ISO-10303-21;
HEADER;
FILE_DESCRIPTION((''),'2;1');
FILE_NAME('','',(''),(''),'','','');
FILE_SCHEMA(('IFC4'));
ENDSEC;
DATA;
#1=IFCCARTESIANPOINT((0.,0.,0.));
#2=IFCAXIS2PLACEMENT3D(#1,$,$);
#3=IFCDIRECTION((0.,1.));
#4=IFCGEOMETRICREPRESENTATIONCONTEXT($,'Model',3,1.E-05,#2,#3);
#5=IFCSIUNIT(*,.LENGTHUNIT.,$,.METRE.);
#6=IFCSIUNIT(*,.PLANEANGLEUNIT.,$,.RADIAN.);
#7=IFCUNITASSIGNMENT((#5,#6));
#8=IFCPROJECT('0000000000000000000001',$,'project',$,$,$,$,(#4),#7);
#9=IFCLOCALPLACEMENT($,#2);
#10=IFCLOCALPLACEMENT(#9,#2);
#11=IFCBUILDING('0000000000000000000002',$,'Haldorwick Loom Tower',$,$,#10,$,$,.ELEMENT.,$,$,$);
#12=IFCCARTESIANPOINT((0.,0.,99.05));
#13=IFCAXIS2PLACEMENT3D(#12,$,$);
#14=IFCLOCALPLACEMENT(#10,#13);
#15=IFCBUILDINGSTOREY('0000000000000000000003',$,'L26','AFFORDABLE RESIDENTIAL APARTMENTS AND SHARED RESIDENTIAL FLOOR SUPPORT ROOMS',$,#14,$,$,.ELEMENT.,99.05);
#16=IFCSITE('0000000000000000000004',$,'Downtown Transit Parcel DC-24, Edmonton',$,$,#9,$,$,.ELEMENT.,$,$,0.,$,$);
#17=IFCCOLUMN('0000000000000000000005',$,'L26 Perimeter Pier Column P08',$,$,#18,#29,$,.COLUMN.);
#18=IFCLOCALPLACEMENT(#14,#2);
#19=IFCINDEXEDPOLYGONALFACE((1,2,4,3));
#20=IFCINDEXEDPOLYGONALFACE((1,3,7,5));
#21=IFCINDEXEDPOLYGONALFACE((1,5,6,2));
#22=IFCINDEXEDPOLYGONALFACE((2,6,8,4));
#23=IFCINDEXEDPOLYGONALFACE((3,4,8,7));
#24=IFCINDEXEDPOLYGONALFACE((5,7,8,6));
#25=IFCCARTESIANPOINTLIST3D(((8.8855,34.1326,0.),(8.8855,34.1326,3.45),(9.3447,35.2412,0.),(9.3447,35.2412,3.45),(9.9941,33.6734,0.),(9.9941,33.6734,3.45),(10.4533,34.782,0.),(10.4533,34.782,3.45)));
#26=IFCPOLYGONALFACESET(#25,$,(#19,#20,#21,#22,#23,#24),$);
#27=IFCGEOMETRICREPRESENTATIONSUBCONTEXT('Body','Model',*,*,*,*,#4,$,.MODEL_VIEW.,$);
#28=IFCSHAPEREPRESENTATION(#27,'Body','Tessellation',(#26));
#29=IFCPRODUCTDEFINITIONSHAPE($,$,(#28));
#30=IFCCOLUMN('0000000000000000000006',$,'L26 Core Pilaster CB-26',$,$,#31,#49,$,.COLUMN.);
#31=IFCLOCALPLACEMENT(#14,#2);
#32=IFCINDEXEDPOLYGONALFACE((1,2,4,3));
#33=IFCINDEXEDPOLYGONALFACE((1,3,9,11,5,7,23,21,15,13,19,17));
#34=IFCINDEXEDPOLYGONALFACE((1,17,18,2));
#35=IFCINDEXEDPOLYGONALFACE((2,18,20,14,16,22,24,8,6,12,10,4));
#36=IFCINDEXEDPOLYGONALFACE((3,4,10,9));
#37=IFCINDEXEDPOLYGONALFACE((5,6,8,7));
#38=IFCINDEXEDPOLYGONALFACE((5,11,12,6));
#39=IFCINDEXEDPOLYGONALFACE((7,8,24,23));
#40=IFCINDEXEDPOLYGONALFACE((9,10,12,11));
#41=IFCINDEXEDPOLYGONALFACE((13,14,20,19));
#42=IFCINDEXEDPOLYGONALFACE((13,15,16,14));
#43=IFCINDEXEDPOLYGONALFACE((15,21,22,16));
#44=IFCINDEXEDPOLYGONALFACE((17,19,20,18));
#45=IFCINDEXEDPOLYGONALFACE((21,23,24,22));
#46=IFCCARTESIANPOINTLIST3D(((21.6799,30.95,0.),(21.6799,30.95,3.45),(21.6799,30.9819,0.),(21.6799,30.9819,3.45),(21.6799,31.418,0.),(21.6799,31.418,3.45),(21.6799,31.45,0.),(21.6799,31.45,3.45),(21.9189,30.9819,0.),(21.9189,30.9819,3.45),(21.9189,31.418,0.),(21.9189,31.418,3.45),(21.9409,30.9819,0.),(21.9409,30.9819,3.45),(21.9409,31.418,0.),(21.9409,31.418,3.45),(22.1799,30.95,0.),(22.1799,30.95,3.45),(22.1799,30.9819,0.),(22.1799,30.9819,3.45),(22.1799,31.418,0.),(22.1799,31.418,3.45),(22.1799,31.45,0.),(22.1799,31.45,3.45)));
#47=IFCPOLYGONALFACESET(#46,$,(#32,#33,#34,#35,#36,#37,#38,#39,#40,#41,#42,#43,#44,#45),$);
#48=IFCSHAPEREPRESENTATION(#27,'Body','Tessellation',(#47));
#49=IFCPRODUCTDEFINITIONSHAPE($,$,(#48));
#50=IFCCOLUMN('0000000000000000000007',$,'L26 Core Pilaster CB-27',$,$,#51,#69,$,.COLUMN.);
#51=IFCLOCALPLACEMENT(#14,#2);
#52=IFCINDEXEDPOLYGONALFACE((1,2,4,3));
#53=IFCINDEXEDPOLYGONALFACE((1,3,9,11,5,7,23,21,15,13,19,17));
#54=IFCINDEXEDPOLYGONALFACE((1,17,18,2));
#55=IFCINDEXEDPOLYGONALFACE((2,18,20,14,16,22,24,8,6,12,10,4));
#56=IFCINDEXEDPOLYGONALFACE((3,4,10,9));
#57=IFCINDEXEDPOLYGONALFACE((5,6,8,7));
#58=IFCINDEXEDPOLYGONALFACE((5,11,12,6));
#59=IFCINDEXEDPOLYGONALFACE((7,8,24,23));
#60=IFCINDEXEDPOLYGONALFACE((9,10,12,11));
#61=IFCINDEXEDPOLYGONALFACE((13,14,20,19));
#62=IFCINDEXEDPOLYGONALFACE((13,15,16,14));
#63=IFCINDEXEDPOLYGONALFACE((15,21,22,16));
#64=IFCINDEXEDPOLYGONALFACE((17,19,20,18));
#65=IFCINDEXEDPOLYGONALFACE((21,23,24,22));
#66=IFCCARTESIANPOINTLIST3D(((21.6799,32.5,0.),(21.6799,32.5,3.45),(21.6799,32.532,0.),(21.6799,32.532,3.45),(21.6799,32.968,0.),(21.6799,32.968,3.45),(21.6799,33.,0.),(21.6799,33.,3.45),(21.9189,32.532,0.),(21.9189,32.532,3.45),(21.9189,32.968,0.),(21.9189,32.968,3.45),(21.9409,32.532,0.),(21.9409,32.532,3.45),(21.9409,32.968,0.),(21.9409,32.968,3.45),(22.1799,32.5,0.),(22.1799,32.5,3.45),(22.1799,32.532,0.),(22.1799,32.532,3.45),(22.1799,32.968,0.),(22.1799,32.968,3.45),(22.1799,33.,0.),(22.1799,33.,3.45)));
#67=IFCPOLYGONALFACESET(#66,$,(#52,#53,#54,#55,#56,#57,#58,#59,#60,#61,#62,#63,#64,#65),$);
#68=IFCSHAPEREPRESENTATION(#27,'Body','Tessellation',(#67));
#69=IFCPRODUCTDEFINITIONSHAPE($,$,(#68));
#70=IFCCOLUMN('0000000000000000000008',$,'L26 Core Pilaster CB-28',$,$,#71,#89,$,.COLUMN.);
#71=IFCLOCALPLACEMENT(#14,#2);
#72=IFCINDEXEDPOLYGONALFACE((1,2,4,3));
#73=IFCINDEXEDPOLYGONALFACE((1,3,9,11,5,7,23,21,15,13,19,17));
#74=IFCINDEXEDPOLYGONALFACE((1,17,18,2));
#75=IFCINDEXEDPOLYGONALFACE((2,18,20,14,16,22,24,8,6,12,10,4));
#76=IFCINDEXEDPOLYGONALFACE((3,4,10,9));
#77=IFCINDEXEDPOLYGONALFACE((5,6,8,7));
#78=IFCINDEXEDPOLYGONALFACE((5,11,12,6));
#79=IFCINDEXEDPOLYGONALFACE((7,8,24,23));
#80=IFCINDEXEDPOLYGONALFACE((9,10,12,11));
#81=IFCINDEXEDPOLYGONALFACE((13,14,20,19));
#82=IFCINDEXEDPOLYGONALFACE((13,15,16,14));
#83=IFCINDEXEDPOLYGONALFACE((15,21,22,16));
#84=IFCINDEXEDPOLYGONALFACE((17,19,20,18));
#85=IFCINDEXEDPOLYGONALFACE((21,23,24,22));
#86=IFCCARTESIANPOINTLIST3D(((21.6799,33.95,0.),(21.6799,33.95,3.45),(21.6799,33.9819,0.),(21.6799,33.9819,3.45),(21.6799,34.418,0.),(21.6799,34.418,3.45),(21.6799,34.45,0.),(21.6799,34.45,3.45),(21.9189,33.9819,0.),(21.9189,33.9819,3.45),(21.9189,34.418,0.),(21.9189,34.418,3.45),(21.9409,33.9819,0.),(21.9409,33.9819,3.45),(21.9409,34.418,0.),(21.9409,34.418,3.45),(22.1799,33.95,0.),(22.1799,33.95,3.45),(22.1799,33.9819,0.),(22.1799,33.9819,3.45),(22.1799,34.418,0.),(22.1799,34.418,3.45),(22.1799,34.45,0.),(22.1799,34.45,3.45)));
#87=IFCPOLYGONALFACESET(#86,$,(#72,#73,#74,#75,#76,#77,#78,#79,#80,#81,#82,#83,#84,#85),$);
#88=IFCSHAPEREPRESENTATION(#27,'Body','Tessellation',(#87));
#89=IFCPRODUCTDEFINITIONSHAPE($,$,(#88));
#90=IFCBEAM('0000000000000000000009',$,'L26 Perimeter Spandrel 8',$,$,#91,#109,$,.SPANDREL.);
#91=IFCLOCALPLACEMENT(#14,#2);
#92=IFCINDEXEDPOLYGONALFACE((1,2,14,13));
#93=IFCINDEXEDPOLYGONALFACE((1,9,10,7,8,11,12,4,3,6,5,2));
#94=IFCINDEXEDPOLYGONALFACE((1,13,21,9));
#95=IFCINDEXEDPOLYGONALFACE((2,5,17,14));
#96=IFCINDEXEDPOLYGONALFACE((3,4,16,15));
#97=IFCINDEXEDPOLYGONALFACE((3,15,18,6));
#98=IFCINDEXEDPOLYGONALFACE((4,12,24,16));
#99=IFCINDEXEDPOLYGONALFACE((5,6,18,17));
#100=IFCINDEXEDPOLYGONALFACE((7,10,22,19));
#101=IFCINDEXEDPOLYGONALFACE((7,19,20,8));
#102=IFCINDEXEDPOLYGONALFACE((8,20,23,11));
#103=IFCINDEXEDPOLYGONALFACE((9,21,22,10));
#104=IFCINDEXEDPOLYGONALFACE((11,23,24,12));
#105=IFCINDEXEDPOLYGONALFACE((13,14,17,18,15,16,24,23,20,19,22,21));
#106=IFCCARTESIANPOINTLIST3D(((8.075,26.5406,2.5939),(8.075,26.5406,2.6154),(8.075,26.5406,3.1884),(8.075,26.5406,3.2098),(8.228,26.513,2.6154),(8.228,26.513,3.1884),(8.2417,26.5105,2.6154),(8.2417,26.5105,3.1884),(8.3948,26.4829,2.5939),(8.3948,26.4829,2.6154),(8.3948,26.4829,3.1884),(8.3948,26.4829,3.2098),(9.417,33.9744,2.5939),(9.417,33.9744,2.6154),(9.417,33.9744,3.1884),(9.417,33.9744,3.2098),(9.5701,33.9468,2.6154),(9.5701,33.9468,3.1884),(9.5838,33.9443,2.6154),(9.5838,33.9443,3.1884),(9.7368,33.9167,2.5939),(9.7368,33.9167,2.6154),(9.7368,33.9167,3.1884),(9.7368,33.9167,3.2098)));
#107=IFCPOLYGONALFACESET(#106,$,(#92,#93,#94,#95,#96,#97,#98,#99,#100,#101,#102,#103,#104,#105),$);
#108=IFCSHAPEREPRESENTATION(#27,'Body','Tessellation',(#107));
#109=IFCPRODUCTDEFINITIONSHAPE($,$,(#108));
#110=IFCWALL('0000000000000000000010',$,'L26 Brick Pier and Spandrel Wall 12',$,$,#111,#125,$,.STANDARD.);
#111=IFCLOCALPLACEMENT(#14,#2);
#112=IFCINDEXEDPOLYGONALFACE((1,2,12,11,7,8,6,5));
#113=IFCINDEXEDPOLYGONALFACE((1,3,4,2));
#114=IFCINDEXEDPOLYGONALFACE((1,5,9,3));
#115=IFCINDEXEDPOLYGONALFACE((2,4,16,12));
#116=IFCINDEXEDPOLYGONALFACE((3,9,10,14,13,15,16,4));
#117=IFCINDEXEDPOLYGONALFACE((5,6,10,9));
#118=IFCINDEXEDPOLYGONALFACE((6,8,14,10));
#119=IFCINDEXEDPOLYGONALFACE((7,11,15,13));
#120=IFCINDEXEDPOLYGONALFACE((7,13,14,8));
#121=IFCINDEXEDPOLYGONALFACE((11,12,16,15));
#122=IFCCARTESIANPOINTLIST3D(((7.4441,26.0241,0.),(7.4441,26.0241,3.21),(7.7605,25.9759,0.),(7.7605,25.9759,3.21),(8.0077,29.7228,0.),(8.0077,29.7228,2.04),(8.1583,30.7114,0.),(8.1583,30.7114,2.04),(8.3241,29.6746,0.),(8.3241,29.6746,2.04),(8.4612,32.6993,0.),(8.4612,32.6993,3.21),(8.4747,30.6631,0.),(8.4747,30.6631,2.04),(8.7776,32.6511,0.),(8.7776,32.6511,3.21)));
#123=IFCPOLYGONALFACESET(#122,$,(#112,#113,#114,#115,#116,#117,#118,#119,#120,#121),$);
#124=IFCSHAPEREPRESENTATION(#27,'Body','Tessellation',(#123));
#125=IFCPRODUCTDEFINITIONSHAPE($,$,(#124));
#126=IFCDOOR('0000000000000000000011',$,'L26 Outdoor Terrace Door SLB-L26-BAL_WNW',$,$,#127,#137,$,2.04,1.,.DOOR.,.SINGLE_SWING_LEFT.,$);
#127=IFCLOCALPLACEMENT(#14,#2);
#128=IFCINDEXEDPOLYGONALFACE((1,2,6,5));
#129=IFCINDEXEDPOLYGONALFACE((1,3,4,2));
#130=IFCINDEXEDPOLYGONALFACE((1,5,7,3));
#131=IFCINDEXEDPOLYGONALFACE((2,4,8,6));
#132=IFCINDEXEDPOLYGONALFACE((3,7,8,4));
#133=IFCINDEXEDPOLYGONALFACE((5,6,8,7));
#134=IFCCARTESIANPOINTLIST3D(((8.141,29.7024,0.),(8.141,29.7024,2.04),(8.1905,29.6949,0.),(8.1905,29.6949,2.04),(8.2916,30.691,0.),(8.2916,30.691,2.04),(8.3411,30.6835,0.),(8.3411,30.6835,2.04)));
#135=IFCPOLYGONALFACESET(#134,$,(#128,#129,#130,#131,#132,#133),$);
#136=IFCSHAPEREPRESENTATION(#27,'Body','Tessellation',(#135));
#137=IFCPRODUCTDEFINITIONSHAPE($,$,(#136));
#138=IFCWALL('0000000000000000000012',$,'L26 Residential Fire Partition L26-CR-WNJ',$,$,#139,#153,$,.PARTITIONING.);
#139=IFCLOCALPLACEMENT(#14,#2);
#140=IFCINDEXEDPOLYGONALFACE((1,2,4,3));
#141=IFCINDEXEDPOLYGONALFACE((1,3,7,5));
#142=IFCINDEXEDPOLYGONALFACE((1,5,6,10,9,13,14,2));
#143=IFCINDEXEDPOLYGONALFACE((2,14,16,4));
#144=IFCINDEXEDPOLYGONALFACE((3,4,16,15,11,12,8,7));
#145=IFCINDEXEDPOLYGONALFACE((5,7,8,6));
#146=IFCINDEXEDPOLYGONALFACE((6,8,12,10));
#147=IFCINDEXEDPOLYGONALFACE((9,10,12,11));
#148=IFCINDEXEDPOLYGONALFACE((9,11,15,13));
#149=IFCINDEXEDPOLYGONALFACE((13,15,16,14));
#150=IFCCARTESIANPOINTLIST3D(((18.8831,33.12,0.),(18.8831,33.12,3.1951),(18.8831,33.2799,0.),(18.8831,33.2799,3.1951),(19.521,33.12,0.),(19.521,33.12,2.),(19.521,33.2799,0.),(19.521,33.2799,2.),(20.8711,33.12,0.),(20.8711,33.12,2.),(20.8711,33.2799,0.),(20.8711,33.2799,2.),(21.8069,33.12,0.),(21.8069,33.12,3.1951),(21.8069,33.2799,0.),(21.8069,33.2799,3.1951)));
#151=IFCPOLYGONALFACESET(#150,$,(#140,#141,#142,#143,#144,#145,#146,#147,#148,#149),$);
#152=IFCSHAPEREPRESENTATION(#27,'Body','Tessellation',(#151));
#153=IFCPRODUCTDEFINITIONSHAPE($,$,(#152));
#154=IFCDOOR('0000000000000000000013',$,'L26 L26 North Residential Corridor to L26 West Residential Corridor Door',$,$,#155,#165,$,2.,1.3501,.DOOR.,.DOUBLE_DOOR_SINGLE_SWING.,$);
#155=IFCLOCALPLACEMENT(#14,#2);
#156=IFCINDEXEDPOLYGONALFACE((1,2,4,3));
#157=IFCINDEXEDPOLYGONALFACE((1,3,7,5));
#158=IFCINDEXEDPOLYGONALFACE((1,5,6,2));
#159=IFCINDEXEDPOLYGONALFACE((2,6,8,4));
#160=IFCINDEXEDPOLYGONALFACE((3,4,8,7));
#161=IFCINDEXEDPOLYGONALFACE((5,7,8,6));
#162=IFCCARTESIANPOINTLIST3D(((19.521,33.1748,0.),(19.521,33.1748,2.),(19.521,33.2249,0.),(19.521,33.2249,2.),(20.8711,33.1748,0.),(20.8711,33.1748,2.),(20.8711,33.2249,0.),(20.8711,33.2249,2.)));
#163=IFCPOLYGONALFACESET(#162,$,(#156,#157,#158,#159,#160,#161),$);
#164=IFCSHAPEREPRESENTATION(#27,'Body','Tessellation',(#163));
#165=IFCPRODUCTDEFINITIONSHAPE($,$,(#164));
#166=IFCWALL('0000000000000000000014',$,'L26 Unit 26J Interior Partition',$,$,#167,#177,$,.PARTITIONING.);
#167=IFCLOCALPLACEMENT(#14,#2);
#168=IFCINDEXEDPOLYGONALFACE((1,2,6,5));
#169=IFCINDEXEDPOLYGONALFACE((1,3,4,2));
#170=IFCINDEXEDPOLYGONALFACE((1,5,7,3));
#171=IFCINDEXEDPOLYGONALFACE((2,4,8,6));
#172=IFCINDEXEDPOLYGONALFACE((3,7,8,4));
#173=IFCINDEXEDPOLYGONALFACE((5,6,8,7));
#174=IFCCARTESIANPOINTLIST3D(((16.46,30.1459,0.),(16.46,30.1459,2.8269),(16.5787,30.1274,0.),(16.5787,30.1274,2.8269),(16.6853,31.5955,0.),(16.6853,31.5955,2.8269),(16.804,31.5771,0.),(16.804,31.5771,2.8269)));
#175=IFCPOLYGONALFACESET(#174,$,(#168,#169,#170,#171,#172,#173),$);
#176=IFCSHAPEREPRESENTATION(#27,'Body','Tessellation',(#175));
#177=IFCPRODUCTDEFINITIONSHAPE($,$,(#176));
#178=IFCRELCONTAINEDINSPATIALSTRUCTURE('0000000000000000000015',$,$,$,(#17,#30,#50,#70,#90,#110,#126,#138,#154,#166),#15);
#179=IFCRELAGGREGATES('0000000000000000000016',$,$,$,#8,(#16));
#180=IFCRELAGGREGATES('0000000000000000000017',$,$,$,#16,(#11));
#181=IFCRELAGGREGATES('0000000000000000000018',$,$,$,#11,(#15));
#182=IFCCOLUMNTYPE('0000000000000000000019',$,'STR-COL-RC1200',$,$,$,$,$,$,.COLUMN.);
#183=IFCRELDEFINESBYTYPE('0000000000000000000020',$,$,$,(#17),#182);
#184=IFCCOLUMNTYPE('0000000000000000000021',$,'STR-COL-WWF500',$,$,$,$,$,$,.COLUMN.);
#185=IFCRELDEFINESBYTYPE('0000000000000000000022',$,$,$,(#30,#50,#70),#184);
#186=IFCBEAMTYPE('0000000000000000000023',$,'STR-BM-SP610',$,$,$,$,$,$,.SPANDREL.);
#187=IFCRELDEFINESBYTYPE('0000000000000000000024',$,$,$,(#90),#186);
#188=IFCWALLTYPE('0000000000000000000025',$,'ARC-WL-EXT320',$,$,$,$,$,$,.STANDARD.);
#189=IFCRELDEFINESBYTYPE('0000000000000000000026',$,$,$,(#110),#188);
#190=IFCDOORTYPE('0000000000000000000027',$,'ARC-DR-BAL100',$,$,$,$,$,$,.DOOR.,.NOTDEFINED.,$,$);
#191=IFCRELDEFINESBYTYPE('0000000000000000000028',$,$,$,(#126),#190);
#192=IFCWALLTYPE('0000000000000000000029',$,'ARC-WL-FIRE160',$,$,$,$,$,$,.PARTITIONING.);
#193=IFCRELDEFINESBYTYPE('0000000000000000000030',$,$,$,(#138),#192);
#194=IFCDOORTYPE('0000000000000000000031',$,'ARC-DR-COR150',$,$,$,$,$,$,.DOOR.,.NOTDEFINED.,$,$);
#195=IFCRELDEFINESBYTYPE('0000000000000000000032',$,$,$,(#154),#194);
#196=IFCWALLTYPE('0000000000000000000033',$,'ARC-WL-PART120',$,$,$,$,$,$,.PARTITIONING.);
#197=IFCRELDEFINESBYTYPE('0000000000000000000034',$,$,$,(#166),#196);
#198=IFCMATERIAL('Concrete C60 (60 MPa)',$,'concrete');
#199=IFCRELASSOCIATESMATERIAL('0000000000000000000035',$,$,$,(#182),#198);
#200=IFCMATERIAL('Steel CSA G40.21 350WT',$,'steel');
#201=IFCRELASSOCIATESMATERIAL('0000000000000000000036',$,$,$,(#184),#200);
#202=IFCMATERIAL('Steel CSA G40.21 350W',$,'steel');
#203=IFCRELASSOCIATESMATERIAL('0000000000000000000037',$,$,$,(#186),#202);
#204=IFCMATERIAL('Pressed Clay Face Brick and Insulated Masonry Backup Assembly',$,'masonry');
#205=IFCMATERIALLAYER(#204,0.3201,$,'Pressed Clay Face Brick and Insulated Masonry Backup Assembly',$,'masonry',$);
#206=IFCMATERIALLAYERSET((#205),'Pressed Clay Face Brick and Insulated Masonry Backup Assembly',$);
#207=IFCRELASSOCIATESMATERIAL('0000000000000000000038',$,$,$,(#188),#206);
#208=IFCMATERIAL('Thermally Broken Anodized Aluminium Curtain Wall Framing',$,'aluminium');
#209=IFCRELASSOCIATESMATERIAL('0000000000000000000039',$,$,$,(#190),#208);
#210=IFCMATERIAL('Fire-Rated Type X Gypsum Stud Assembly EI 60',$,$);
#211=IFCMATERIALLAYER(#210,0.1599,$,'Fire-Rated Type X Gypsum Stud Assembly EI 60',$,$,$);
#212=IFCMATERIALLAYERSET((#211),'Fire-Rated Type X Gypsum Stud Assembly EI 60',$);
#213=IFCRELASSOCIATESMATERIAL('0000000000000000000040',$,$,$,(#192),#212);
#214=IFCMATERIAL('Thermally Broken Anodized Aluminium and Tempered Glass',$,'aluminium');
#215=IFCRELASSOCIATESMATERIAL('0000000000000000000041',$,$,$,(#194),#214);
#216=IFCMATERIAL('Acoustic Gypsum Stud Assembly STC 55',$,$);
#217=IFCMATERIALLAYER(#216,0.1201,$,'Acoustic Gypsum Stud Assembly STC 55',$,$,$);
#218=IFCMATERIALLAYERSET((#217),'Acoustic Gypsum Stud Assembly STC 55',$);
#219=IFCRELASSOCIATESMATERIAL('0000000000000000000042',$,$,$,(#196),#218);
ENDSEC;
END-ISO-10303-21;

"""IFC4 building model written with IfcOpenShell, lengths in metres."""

from ifc_helpers import new_model, si_unit, direction, frame, frame_2d, origin, origin_2d, place, context, subcontext, project, spatial, rectangle, i_section, extrude, material, layer, layer_set, material_profile, profile_set, type_object, element, fill, save


model = new_model("IFC4")

# Units and contexts
model_context = context("Model", 3, precision=1e-05, world=origin(), true_north=direction((0.0, 1.0)))
body_context = subcontext(model_context, "Body", "Model", "MODEL_VIEW")
ifc_project = project(units=[si_unit("LENGTHUNIT", "METRE"), si_unit("PLANEANGLEUNIT", "RADIAN")], contexts=[model_context])

# Site, building, storey
site_placement = place(None, origin())
site = spatial("IfcSite", under=ifc_project, at=site_placement, Name="Downtown Transit Parcel DC-24, Edmonton", CompositionType="ELEMENT", RefElevation=0.0)
building_placement = place(site_placement, origin())
building = spatial("IfcBuilding", under=site, at=building_placement, Name="Haldorwick Loom Tower", CompositionType="ELEMENT")
storey_placement = place(building_placement, frame((0.0, 0.0, 99.05)))
storey = spatial("IfcBuildingStorey", under=building, at=storey_placement, Name="L26", Description="AFFORDABLE RESIDENTIAL APARTMENTS AND SHARED RESIDENTIAL FLOOR SUPPORT ROOMS", CompositionType="ELEMENT", Elevation=99.05)

# Columns
ifc_material_1 = material(Name="Concrete C60 (60 MPa)", Category="concrete")
ifc_material_profile_1 = material_profile(ifc_material_1, rectangle(XDim=1.2, YDim=1.2, at=origin_2d()), Name="RC1200X1200", Category="concrete")
ifc_profile_set_1 = profile_set([ifc_material_profile_1], Name="Concrete C60 (60 MPa)")
column_type_1 = type_object("IfcColumnType", Name="STR-COL-RC1200", PredefinedType="COLUMN", material=ifc_profile_set_1)
column_placement = place(storey_placement, frame((9.6694, 34.4573, 0.0), z_axis=(0.0, 0.0, 1.0), x_axis=(-0.92388, 0.382683, 0.0)))
element("IfcColumn", 1, at=column_placement, inside=storey, type_object=column_type_1, Name="L26 Perimeter Pier Column P08", PredefinedType="COLUMN", context=body_context, shape_type="SweptSolid", body=[
    extrude(rectangle(XDim=1.2, YDim=1.2, at=origin_2d()), origin(), (0.0, 0.0, 1.0), 3.45),
])
ifc_material_2 = material(Name="Steel CSA G40.21 350WT", Category="steel")
ifc_material_profile_2 = material_profile(ifc_material_2, i_section(OverallWidth=0.5, OverallDepth=0.5, WebThickness=0.022, FlangeThickness=0.032, at=origin_2d()), Name="WWF500X500", Category="steel")
ifc_profile_set_2 = profile_set([ifc_material_profile_2], Name="Steel CSA G40.21 350WT")
column_type_2 = type_object("IfcColumnType", Name="STR-COL-WWF500", PredefinedType="COLUMN", material=ifc_profile_set_2)
for number, where, z_axis, x_axis, name in (
    (2, (21.9299, 31.2, 0.0), (0.0, 0.0, 1.0), (1.0, 0.0, 0.0), "L26 Core Pilaster CB-26"),
    (3, (21.9299, 32.75, 0.0), (0.0, 0.0, 1.0), (1.0, 0.0, 0.0), "L26 Core Pilaster CB-27"),
    (4, (21.9299, 34.2, 0.0), (0.0, 0.0, 1.0), (1.0, 0.0, 0.0), "L26 Core Pilaster CB-28"),
):
    element("IfcColumn", number, at=place(storey_placement, frame(where, z_axis=z_axis, x_axis=x_axis)), inside=storey, type_object=column_type_2, Name=name, PredefinedType="COLUMN", context=body_context, shape_type="SweptSolid", body=[
        extrude(i_section(OverallWidth=0.5, OverallDepth=0.5, WebThickness=0.022, FlangeThickness=0.032, at=origin_2d()), origin(), (0.0, 0.0, 1.0), 3.45),
    ])

# Beam
ifc_material_3 = material(Name="Steel CSA G40.21 350W", Category="steel")
ifc_material_profile_3 = material_profile(ifc_material_3, i_section(OverallWidth=0.325, OverallDepth=0.616, WebThickness=0.0139, FlangeThickness=0.0215, at=origin_2d()), Name="W610X174", Category="steel")
ifc_profile_set_3 = profile_set([ifc_material_profile_3], Name="Steel CSA G40.21 350W")
beam_type = type_object("IfcBeamType", Name="STR-BM-SP610", PredefinedType="SPANDREL", material=ifc_profile_set_3)
beam_placement = place(storey_placement, frame((9.5769, 33.9456, 2.9019), z_axis=(-0.177659, -0.984092, 0.0), x_axis=(0.984092, -0.177659, 0.0)))
element("IfcBeam", 5, at=beam_placement, inside=storey, type_object=beam_type, Name="L26 Perimeter Spandrel 8", PredefinedType="SPANDREL", context=body_context, shape_type="SweptSolid", body=[
    extrude(i_section(OverallWidth=0.325, OverallDepth=0.616, WebThickness=0.0139, FlangeThickness=0.0215, at=origin_2d()), origin(), (0.0, 0.0, 1.0), 7.554),
])

# Walls, openings, doors
ifc_material_4 = material(Name="Pressed Clay Face Brick and Insulated Masonry Backup Assembly", Category="masonry")
ifc_layer_1 = layer(ifc_material_4, 0.3201, Name="Pressed Clay Face Brick and Insulated Masonry Backup Assembly", Category="masonry")
ifc_layer_set_1 = layer_set([ifc_layer_1], Name="Pressed Clay Face Brick and Insulated Masonry Backup Assembly")
wall_type_1 = type_object("IfcWallType", Name="ARC-WL-EXT320", PredefinedType="STANDARD", material=ifc_layer_set_1)
wall_1_placement = place(storey_placement, frame((8.6194, 32.675, 0.0), z_axis=(0.0, 0.0, 1.0), x_axis=(-0.150633, -0.98859, 0.0)))
wall_1 = element("IfcWall", 6, at=wall_1_placement, inside=storey, type_object=wall_type_1, Name="L26 Brick Pier and Spandrel Wall 12", PredefinedType="STANDARD", context=body_context, shape_type="SweptSolid", body=[
    extrude(rectangle(XDim=6.7522, YDim=0.3201, at=frame_2d((3.376, 0.0))), origin(), (0.0, 0.0, 1.0), 3.21),
])
opening_1_placement = place(wall_1_placement, frame((2.0107, 0.0, 0.0)))
opening_1 = element("IfcOpeningElement", 7, at=opening_1_placement, cuts=wall_1, PredefinedType="OPENING", context=body_context, shape_type="SweptSolid", body=[
    extrude(rectangle(XDim=1.0, YDim=2.04, at=frame_2d((0.5, 1.02))), frame((0.0, 0.1699, 0.0), z_axis=(0.0, -1.0, 0.0), x_axis=(1.0, 0.0, 0.0)), (0.0, 0.0, 1.0), 0.3401),
])
ifc_material_5 = material(Name="Thermally Broken Anodized Aluminium Curtain Wall Framing", Category="aluminium")
door_type_1 = type_object("IfcDoorType", Name="ARC-DR-BAL100", OperationType="NOTDEFINED", PredefinedType="DOOR", material=ifc_material_5)
door_1_placement = place(opening_1_placement, origin())
door_1 = element("IfcDoor", 8, at=door_1_placement, inside=storey, type_object=door_type_1, Name="L26 Outdoor Terrace Door SLB-L26-BAL_WNW", OperationType="SINGLE_SWING_LEFT", OverallHeight=2.04, OverallWidth=1.0, PredefinedType="DOOR", context=body_context, shape_type="SweptSolid", body=[
    extrude(rectangle(XDim=1.0, YDim=2.04, at=frame_2d((0.5, 1.02))), frame((0.0, 0.0249, 0.0), z_axis=(0.0, -1.0, 0.0), x_axis=(1.0, 0.0, 0.0)), (0.0, 0.0, 1.0), 0.05),
])
fill(opening_1, door_1)
ifc_material_6 = material(Name="Fire-Rated Type X Gypsum Stud Assembly EI 60")
ifc_layer_2 = layer(ifc_material_6, 0.1599, Name="Fire-Rated Type X Gypsum Stud Assembly EI 60")
ifc_layer_set_2 = layer_set([ifc_layer_2], Name="Fire-Rated Type X Gypsum Stud Assembly EI 60")
wall_type_2 = type_object("IfcWallType", Name="ARC-WL-FIRE160", PredefinedType="PARTITIONING", material=ifc_layer_set_2)
wall_2_placement = place(storey_placement, frame((18.8831, 33.2, 0.0), z_axis=(0.0, 0.0, 1.0), x_axis=(1.0, 0.0, 0.0)))
wall_2 = element("IfcWall", 9, at=wall_2_placement, inside=storey, type_object=wall_type_2, Name="L26 Residential Fire Partition L26-CR-WNJ", PredefinedType="PARTITIONING", context=body_context, shape_type="SweptSolid", body=[
    extrude(rectangle(XDim=2.9238, YDim=0.1599, at=frame_2d((1.4619, 0.0))), origin(), (0.0, 0.0, 1.0), 3.1951),
])
opening_2_placement = place(wall_2_placement, frame((0.6379, 0.0, 0.0)))
opening_2 = element("IfcOpeningElement", 10, at=opening_2_placement, cuts=wall_2, PredefinedType="OPENING", context=body_context, shape_type="SweptSolid", body=[
    extrude(rectangle(XDim=1.3501, YDim=2.0, at=frame_2d((0.675, 1.0))), frame((0.0, 0.0898, 0.0), z_axis=(0.0, -1.0, 0.0), x_axis=(1.0, 0.0, 0.0)), (0.0, 0.0, 1.0), 0.1799),
])
ifc_material_7 = material(Name="Thermally Broken Anodized Aluminium and Tempered Glass", Category="aluminium")
door_type_2 = type_object("IfcDoorType", Name="ARC-DR-COR150", OperationType="NOTDEFINED", PredefinedType="DOOR", material=ifc_material_7)
door_2_placement = place(opening_2_placement, origin())
door_2 = element("IfcDoor", 11, at=door_2_placement, inside=storey, type_object=door_type_2, Name="L26 L26 North Residential Corridor to L26 West Residential Corridor Door", OperationType="DOUBLE_DOOR_SINGLE_SWING", OverallHeight=2.0, OverallWidth=1.3501, PredefinedType="DOOR", context=body_context, shape_type="SweptSolid", body=[
    extrude(rectangle(XDim=1.3501, YDim=2.0, at=frame_2d((0.675, 1.0))), frame((0.0, 0.0249, 0.0), z_axis=(0.0, -1.0, 0.0), x_axis=(1.0, 0.0, 0.0)), (0.0, 0.0, 1.0), 0.05),
])
fill(opening_2, door_2)

# Wall
ifc_material_8 = material(Name="Acoustic Gypsum Stud Assembly STC 55")
ifc_layer_3 = layer(ifc_material_8, 0.1201, Name="Acoustic Gypsum Stud Assembly STC 55")
ifc_layer_set_3 = layer_set([ifc_layer_3], Name="Acoustic Gypsum Stud Assembly STC 55")
wall_type_3 = type_object("IfcWallType", Name="ARC-WL-PART120", PredefinedType="PARTITIONING", material=ifc_layer_set_3)
wall_3_placement = place(storey_placement, frame((16.7446, 31.5862, 0.0), z_axis=(0.0, 0.0, 1.0), x_axis=(-0.153595, -0.988134, 0.0)))
element("IfcWall", 12, at=wall_3_placement, inside=storey, type_object=wall_type_3, Name="L26 Unit 26J Interior Partition", PredefinedType="PARTITIONING", context=body_context, shape_type="SweptSolid", body=[
    extrude(rectangle(XDim=1.467, YDim=0.1201, at=frame_2d((0.7334, 0.0))), origin(), (0.0, 0.0, 1.0), 2.8269),
])

save(model, "model.ifc")
